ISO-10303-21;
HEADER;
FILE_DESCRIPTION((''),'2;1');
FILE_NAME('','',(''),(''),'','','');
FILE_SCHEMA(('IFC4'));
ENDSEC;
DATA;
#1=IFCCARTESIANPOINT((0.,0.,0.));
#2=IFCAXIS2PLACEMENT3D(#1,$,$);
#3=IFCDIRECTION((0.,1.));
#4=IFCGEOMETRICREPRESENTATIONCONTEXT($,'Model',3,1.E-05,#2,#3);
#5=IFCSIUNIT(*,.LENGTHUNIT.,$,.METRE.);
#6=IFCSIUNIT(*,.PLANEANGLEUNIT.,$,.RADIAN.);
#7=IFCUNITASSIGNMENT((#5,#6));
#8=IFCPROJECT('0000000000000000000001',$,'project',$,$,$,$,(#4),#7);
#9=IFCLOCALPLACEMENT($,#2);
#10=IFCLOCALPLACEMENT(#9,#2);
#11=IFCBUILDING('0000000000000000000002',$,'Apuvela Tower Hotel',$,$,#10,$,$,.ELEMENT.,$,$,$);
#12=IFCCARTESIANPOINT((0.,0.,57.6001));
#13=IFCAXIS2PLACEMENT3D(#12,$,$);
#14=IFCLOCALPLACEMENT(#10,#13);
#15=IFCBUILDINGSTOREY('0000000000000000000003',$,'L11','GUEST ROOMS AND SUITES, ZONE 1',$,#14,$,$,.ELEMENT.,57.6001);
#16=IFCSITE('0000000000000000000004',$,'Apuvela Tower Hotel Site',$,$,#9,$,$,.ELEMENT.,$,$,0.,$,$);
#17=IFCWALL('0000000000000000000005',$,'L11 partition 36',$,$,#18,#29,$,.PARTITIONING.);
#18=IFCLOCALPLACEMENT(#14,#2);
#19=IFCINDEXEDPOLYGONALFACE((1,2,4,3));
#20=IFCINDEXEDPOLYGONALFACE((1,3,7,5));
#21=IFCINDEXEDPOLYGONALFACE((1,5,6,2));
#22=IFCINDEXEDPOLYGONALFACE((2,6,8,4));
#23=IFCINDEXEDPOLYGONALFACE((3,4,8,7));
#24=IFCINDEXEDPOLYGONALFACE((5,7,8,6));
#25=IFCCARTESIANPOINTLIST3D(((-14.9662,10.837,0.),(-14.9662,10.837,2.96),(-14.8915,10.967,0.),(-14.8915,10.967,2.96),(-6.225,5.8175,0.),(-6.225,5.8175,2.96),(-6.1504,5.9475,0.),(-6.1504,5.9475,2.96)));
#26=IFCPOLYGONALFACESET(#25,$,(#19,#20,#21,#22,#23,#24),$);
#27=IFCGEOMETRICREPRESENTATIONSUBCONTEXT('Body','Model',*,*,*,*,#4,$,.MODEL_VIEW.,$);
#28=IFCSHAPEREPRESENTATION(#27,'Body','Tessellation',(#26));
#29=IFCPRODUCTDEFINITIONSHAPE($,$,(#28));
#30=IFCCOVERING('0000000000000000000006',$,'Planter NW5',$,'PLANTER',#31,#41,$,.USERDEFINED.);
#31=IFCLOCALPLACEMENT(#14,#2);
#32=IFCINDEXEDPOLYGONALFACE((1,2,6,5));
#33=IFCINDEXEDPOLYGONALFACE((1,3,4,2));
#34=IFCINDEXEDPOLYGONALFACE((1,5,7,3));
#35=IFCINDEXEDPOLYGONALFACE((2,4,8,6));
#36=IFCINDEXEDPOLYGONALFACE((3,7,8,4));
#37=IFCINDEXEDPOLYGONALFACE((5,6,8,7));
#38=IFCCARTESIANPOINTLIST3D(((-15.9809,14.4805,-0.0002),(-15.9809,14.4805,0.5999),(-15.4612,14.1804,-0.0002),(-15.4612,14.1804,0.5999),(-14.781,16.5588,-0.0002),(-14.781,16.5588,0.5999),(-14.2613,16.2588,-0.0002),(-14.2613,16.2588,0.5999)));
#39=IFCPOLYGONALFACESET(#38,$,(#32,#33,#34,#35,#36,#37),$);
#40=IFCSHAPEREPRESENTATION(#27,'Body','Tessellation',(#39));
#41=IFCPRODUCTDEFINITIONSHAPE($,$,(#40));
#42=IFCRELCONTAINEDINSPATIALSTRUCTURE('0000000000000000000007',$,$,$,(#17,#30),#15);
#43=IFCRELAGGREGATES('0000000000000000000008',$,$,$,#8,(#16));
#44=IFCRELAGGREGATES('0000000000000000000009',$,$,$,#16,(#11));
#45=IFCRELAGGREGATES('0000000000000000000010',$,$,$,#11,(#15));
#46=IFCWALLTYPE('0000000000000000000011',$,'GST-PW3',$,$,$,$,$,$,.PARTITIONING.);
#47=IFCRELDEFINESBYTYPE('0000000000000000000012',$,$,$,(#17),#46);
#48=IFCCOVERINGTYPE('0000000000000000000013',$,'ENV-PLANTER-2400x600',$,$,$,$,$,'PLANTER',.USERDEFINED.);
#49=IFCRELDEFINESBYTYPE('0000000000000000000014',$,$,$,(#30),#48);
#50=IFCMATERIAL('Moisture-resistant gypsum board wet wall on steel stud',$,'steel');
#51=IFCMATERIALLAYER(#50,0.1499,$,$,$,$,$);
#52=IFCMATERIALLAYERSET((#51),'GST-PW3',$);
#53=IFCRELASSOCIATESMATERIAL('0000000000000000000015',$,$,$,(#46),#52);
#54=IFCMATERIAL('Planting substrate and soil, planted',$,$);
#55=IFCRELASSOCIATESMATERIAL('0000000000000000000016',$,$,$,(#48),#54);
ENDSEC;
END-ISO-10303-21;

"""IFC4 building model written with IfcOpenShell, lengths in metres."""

from ifc_helpers import new_model, si_unit, direction, frame, frame_2d, origin, origin_2d, place, context, subcontext, project, spatial, rectangle, extrude, material, layer, layer_set, type_object, element, save


model = new_model("IFC4")

# Units and contexts
model_context = context("Model", 3, precision=1e-05, world=origin(), true_north=direction((0.0, 1.0)))
body_context = subcontext(model_context, "Body", "Model", "MODEL_VIEW")
ifc_project = project(units=[si_unit("LENGTHUNIT", "METRE"), si_unit("PLANEANGLEUNIT", "RADIAN")], contexts=[model_context])

# Site, building, storey
site_placement = place(None, origin())
site = spatial("IfcSite", under=ifc_project, at=site_placement, Name="Apuvela Tower Hotel Site", CompositionType="ELEMENT", RefElevation=0.0)
building_placement = place(site_placement, origin())
building = spatial("IfcBuilding", under=site, at=building_placement, Name="Apuvela Tower Hotel", CompositionType="ELEMENT")
storey_placement = place(building_placement, frame((0.0, 0.0, 57.6001)))
storey = spatial("IfcBuildingStorey", under=building, at=storey_placement, Name="L11", Description="GUEST ROOMS AND SUITES, ZONE 1", CompositionType="ELEMENT", Elevation=57.6001)

# Shared definitions
ifc_material_1 = material(Name="Moisture-resistant gypsum board wet wall on steel stud", Category="steel")
ifc_layer_1 = layer(ifc_material_1, 0.1499)
ifc_layer_set_1 = layer_set([ifc_layer_1], Name="GST-PW3")
wall_type_1 = type_object("IfcWallType", Name="GST-PW3", PredefinedType="PARTITIONING", material=ifc_layer_set_1)

# Wall
wall_1_placement = place(storey_placement, frame((-14.929, 10.9021, 0.0), z_axis=(0.0, 0.0, 1.0), x_axis=(0.867192, -0.497974, 0.0)))
element("IfcWall", 1, at=wall_1_placement, inside=storey, type_object=wall_type_1, Name="L11 partition 36", PredefinedType="PARTITIONING", context=body_context, shape_type="SweptSolid", body=[
    extrude(rectangle(XDim=10.0798, YDim=0.1499, at=frame_2d((5.04, 0.0))), origin(), (0.0, 0.0, 1.0), 2.96),
])

# Covering
ifc_material_2 = material(Name="Planting substrate and soil, planted")
covering_type = type_object("IfcCoveringType", Name="ENV-PLANTER-2400x600", ElementType="PLANTER", PredefinedType="USERDEFINED", material=ifc_material_2)
covering_placement = place(storey_placement, frame((-15.1211, 15.3696, -0.0002), z_axis=(0.0, 0.0, 1.0), x_axis=(-0.5, -0.866025, 0.0)))
element("IfcCovering", 2, at=covering_placement, inside=storey, type_object=covering_type, Name="Planter NW5", ObjectType="PLANTER", PredefinedType="USERDEFINED", context=body_context, shape_type="SweptSolid", body=[
    extrude(rectangle(XDim=2.3999, YDim=0.6001, at=origin_2d()), origin(), (0.0, 0.0, 1.0), 0.6001),
])

save(model, "model.ifc")
